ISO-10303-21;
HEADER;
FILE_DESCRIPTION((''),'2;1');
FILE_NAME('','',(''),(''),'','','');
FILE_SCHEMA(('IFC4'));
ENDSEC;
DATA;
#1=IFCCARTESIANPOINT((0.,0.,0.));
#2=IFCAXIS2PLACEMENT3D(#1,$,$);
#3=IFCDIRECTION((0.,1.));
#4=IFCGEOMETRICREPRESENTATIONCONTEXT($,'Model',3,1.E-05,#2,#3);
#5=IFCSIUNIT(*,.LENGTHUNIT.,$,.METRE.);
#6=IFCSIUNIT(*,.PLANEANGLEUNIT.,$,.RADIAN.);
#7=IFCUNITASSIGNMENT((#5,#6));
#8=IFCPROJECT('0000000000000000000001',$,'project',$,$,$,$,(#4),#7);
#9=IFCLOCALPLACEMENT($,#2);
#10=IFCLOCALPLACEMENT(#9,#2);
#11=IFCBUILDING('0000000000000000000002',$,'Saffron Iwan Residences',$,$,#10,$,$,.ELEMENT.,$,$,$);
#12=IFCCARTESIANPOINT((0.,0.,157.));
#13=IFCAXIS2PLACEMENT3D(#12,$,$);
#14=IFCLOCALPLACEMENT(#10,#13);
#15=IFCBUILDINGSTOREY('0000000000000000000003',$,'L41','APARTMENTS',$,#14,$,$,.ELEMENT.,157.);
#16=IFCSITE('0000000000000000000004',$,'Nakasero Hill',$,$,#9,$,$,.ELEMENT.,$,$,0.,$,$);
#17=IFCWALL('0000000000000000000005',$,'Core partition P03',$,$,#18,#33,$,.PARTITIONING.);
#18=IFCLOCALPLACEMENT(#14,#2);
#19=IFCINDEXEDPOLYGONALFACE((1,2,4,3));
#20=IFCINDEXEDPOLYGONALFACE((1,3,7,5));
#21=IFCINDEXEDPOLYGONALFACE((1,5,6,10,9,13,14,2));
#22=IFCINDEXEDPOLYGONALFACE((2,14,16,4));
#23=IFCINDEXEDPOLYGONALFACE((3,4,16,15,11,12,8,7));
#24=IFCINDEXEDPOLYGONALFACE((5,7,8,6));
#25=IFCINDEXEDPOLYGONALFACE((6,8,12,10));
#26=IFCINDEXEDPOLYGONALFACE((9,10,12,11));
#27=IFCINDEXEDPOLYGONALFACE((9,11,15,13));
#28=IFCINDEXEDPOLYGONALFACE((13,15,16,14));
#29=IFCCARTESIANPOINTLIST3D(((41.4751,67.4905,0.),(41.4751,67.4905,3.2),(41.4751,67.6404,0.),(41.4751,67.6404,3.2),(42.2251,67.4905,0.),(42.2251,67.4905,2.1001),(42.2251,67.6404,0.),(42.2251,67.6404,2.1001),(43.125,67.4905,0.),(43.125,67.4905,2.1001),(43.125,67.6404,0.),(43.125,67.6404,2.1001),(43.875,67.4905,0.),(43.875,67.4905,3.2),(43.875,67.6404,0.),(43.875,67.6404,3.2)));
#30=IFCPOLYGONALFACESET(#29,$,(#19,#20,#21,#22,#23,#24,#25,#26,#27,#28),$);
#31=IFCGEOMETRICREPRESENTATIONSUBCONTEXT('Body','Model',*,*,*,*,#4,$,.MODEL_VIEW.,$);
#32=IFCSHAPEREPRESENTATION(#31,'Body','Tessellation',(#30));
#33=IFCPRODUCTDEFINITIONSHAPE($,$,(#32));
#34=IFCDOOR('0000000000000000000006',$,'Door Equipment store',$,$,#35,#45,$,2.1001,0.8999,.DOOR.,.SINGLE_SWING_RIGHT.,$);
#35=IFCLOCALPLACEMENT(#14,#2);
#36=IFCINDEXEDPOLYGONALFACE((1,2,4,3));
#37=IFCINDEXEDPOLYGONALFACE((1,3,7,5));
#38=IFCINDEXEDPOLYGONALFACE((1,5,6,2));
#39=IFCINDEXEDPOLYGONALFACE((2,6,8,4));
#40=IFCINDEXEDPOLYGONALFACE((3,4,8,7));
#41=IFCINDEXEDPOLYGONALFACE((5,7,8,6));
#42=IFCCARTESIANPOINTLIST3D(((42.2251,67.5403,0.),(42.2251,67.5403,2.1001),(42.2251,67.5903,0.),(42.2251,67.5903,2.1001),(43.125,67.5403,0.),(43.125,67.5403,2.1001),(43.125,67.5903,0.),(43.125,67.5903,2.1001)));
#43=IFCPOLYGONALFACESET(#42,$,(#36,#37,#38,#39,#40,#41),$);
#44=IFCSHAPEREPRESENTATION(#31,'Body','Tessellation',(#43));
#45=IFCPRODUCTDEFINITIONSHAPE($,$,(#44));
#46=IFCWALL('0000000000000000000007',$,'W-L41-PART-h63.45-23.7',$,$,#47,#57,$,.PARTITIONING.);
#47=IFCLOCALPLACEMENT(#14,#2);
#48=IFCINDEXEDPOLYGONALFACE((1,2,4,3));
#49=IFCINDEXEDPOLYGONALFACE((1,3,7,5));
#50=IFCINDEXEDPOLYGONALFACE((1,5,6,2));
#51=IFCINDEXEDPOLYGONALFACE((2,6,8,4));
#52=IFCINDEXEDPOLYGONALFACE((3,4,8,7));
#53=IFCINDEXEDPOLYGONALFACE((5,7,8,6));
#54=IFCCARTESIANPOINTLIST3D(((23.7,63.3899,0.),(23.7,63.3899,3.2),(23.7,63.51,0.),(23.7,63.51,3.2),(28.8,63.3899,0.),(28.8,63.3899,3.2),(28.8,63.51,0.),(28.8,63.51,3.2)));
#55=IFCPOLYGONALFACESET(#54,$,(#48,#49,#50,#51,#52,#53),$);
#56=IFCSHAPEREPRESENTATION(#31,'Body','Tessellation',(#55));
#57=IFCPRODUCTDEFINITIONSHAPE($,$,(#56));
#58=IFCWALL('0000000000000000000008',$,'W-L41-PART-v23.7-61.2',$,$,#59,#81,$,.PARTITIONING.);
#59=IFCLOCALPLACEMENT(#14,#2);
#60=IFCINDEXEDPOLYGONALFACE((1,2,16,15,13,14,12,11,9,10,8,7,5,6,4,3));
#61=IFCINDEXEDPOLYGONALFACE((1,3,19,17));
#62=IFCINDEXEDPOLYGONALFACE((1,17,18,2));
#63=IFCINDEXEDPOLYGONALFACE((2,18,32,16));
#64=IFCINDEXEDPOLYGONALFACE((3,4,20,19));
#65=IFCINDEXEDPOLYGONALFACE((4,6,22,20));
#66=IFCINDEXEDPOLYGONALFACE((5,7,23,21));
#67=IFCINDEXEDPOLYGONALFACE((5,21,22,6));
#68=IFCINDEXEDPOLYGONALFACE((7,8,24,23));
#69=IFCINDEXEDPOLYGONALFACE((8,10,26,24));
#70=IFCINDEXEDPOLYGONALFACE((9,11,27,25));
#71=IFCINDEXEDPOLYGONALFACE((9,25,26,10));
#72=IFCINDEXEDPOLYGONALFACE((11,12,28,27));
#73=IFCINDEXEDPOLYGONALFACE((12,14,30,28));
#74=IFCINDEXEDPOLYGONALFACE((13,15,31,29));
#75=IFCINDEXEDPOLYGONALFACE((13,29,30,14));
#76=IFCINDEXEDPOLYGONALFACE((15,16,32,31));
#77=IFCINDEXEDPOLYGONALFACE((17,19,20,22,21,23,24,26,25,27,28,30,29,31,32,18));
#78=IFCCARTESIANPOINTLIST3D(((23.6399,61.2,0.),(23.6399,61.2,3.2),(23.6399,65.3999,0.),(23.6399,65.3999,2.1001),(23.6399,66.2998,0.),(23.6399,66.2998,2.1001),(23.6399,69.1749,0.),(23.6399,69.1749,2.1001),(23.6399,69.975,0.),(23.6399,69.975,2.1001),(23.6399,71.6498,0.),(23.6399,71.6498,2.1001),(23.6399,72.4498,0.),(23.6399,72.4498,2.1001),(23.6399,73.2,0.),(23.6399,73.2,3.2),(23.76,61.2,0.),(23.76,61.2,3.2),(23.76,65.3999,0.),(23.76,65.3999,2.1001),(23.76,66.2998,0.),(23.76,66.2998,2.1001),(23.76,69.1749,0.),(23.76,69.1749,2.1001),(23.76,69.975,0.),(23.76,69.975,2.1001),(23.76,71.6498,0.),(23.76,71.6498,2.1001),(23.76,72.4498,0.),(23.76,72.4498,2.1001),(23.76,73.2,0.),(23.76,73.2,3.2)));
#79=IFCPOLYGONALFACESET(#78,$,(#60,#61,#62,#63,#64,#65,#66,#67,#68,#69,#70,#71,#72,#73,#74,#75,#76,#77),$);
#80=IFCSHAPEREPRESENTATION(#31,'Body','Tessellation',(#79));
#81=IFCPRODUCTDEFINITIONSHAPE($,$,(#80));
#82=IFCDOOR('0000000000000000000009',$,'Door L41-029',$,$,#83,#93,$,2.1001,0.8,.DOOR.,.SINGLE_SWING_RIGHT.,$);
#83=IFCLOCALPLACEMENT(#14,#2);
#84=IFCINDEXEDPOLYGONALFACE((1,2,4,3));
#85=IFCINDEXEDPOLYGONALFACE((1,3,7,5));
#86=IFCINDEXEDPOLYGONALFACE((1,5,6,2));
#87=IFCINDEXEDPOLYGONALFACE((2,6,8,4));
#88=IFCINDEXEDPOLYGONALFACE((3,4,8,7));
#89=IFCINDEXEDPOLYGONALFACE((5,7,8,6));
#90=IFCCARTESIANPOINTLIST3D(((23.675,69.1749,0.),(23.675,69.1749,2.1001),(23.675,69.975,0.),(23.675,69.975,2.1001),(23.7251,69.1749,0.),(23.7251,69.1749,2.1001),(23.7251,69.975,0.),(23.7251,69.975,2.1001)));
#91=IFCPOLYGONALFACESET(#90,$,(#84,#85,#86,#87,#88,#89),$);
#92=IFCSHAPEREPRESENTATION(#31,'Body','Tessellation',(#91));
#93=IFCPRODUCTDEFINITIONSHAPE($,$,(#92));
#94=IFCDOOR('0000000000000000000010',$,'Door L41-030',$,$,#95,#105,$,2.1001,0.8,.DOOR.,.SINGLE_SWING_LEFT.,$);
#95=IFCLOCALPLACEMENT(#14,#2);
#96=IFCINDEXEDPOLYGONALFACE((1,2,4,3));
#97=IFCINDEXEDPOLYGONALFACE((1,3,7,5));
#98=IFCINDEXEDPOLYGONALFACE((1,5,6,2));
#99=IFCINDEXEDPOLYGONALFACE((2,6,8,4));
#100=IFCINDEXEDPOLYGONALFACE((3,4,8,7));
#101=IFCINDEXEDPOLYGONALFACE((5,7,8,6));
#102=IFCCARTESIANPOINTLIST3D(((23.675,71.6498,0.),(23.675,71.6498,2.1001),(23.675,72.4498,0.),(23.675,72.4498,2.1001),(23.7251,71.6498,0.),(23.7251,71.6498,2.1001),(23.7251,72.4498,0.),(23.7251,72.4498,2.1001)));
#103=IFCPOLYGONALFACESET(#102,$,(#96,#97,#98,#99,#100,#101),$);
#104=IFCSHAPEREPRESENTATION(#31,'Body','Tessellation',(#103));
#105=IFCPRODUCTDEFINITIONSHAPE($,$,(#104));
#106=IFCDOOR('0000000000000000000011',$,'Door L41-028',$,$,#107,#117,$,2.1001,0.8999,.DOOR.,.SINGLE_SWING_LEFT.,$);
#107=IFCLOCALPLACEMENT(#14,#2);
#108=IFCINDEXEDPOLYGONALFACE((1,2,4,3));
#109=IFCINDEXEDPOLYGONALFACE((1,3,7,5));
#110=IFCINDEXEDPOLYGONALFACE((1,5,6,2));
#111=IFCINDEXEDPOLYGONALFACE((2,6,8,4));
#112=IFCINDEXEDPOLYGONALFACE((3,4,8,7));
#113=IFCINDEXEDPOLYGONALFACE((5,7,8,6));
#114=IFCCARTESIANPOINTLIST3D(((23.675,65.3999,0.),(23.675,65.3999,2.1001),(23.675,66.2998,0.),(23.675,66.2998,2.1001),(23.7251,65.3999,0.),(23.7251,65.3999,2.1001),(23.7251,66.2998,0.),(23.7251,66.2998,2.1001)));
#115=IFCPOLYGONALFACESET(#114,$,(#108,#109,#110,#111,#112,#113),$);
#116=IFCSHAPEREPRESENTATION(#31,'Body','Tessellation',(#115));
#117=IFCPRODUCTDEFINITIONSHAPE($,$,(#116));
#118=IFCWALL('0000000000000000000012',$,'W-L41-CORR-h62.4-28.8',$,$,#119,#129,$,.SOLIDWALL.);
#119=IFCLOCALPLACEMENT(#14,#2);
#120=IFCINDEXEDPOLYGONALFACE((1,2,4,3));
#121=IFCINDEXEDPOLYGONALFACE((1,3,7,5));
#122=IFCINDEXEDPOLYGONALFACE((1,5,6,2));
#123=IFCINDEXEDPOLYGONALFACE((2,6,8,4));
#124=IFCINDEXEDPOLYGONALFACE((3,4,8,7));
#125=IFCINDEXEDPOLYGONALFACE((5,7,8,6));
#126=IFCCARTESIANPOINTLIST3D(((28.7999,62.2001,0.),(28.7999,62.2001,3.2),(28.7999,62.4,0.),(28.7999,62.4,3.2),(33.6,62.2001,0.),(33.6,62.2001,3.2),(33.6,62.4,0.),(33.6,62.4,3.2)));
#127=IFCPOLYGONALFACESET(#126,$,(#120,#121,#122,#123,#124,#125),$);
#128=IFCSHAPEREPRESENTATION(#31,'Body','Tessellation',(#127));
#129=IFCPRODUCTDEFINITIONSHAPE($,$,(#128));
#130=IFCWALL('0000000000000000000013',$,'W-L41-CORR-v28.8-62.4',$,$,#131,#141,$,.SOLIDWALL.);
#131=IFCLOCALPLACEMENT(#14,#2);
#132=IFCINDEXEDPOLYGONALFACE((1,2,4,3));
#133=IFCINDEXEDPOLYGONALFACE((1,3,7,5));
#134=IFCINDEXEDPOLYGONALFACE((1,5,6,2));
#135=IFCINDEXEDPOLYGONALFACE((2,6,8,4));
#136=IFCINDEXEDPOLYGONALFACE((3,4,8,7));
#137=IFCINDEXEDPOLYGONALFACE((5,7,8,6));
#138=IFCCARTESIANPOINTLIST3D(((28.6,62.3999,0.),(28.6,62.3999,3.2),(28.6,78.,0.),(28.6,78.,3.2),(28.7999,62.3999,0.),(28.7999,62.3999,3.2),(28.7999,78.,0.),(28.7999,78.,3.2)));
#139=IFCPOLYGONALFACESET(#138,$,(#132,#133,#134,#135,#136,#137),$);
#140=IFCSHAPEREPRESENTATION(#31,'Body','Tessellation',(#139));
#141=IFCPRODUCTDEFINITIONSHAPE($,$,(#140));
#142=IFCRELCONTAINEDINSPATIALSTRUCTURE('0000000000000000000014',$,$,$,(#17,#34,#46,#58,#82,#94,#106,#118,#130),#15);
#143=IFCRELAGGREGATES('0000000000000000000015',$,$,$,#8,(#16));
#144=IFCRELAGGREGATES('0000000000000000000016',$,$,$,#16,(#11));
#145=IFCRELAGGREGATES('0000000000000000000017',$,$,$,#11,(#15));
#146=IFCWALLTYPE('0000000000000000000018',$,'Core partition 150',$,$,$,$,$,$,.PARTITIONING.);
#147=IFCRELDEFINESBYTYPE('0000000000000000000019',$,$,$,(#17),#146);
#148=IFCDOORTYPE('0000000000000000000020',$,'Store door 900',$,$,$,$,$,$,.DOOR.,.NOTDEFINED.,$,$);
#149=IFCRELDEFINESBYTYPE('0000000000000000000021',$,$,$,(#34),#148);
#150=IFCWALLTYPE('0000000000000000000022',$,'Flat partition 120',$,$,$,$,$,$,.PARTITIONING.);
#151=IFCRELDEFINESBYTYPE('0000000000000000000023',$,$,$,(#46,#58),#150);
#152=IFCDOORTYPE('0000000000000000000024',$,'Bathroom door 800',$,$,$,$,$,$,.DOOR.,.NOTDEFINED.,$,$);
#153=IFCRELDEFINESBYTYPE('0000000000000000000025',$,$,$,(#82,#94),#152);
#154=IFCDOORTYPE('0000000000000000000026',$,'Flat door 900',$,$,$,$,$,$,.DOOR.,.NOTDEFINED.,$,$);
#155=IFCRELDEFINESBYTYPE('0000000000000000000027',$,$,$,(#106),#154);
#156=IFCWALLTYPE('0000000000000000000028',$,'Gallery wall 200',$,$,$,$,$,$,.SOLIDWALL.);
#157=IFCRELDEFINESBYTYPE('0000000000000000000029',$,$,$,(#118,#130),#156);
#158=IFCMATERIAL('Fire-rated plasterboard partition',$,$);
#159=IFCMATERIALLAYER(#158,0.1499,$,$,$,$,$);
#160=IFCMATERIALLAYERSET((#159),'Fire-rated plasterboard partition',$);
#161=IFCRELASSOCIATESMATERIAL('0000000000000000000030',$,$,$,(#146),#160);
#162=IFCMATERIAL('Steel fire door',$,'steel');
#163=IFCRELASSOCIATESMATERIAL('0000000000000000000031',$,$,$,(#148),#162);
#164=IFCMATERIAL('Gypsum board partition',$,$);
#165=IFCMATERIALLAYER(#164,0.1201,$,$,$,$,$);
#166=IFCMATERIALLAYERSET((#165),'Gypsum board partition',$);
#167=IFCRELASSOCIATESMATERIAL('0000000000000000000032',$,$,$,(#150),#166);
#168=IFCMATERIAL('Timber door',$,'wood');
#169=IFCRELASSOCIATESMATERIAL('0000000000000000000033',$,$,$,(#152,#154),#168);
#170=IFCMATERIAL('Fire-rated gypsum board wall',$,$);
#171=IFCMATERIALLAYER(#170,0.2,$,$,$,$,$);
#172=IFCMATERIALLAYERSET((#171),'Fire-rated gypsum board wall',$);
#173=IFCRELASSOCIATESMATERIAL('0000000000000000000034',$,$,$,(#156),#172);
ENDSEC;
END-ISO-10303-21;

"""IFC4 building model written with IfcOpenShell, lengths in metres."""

from ifc_helpers import new_model, si_unit, direction, frame, frame_2d, origin, place, context, subcontext, project, spatial, rectangle, extrude, material, layer, layer_set, type_object, element, fill, save


model = new_model("IFC4")

# Units and contexts
model_context = context("Model", 3, precision=1e-05, world=origin(), true_north=direction((0.0, 1.0)))
body_context = subcontext(model_context, "Body", "Model", "MODEL_VIEW")
ifc_project = project(units=[si_unit("LENGTHUNIT", "METRE"), si_unit("PLANEANGLEUNIT", "RADIAN")], contexts=[model_context])

# Site, building, storey
site_placement = place(None, origin())
site = spatial("IfcSite", under=ifc_project, at=site_placement, Name="Nakasero Hill", CompositionType="ELEMENT", RefElevation=0.0)
building_placement = place(site_placement, origin())
building = spatial("IfcBuilding", under=site, at=building_placement, Name="Saffron Iwan Residences", CompositionType="ELEMENT")
storey_placement = place(building_placement, frame((0.0, 0.0, 157.0)))
storey = spatial("IfcBuildingStorey", under=building, at=storey_placement, Name="L41", Description="APARTMENTS", CompositionType="ELEMENT", Elevation=157.0)

# Wall, opening, door
ifc_material_1 = material(Name="Fire-rated plasterboard partition")
ifc_layer_1 = layer(ifc_material_1, 0.1499)
ifc_layer_set_1 = layer_set([ifc_layer_1], Name="Fire-rated plasterboard partition")
wall_type_1 = type_object("IfcWallType", Name="Core partition 150", PredefinedType="PARTITIONING", material=ifc_layer_set_1)
wall_1_placement = place(storey_placement, frame((41.4751, 67.5654, 0.0), z_axis=(0.0, 0.0, 1.0), x_axis=(1.0, 0.0, 0.0)))
wall_1 = element("IfcWall", 1, at=wall_1_placement, inside=storey, type_object=wall_type_1, Name="Core partition P03", PredefinedType="PARTITIONING", context=body_context, shape_type="SweptSolid", body=[
    extrude(rectangle(XDim=2.3999, YDim=0.1499, at=frame_2d((1.2, 0.0))), origin(), (0.0, 0.0, 1.0), 3.2),
])
opening_1_placement = place(wall_1_placement, frame((0.75, 0.0, 0.0)))
opening_1 = element("IfcOpeningElement", 2, at=opening_1_placement, cuts=wall_1, PredefinedType="OPENING", context=body_context, shape_type="SweptSolid", body=[
    extrude(rectangle(XDim=0.8999, YDim=2.1001, at=frame_2d((0.45, 1.05))), frame((0.0, 0.085, 0.0), z_axis=(0.0, -1.0, 0.0), x_axis=(1.0, 0.0, 0.0)), (0.0, 0.0, 1.0), 0.1699),
])
ifc_material_2 = material(Name="Steel fire door", Category="steel")
door_type_1 = type_object("IfcDoorType", Name="Store door 900", OperationType="NOTDEFINED", PredefinedType="DOOR", material=ifc_material_2)
door_1_placement = place(opening_1_placement, origin())
door_1 = element("IfcDoor", 3, at=door_1_placement, inside=storey, type_object=door_type_1, Name="Door Equipment store", OperationType="SINGLE_SWING_RIGHT", OverallHeight=2.1001, OverallWidth=0.8999, PredefinedType="DOOR", context=body_context, shape_type="SweptSolid", body=[
    extrude(rectangle(XDim=0.8999, YDim=2.1001, at=frame_2d((0.45, 1.05))), frame((0.0, 0.0249, 0.0), z_axis=(0.0, -1.0, 0.0), x_axis=(1.0, 0.0, 0.0)), (0.0, 0.0, 1.0), 0.05),
])
fill(opening_1, door_1)

# Wall
ifc_material_3 = material(Name="Gypsum board partition")
ifc_layer_2 = layer(ifc_material_3, 0.1201)
ifc_layer_set_2 = layer_set([ifc_layer_2], Name="Gypsum board partition")
wall_type_2 = type_object("IfcWallType", Name="Flat partition 120", PredefinedType="PARTITIONING", material=ifc_layer_set_2)
wall_2_placement = place(storey_placement, frame((23.7, 63.45, 0.0), z_axis=(0.0, 0.0, 1.0), x_axis=(1.0, 0.0, 0.0)))
element("IfcWall", 4, at=wall_2_placement, inside=storey, type_object=wall_type_2, Name="W-L41-PART-h63.45-23.7", PredefinedType="PARTITIONING", context=body_context, shape_type="SweptSolid", body=[
    extrude(rectangle(XDim=5.1001, YDim=0.1201, at=frame_2d((2.55, 0.0))), origin(), (0.0, 0.0, 1.0), 3.2),
])

# Wall, openings, doors
wall_3_placement = place(storey_placement, frame((23.7, 61.2, 0.0), z_axis=(0.0, 0.0, 1.0), x_axis=(0.0, 1.0, 0.0)))
wall_3 = element("IfcWall", 5, at=wall_3_placement, inside=storey, type_object=wall_type_2, Name="W-L41-PART-v23.7-61.2", PredefinedType="PARTITIONING", context=body_context, shape_type="SweptSolid", body=[
    extrude(rectangle(XDim=12.0, YDim=0.1201, at=frame_2d((6.0, 0.0))), origin(), (0.0, 0.0, 1.0), 3.2),
])
opening_2_placement = place(wall_3_placement, frame((4.2, 0.0, 0.0)))
opening_2 = element("IfcOpeningElement", 6, at=opening_2_placement, cuts=wall_3, PredefinedType="OPENING", context=body_context, shape_type="SweptSolid", body=[
    extrude(rectangle(XDim=0.8999, YDim=2.1001, at=frame_2d((0.45, 1.05))), frame((0.0, 0.0701, 0.0), z_axis=(0.0, -1.0, 0.0), x_axis=(1.0, 0.0, 0.0)), (0.0, 0.0, 1.0), 0.1401),
])
opening_3_placement = place(wall_3_placement, frame((7.9751, 0.0, 0.0)))
opening_3 = element("IfcOpeningElement", 7, at=opening_3_placement, cuts=wall_3, PredefinedType="OPENING", context=body_context, shape_type="SweptSolid", body=[
    extrude(rectangle(XDim=0.8, YDim=2.1001, at=frame_2d((0.3999, 1.05))), frame((0.0, 0.0701, 0.0), z_axis=(0.0, -1.0, 0.0), x_axis=(1.0, 0.0, 0.0)), (0.0, 0.0, 1.0), 0.1401),
])
opening_4_placement = place(wall_3_placement, frame((10.45, 0.0, 0.0)))
opening_4 = element("IfcOpeningElement", 8, at=opening_4_placement, cuts=wall_3, PredefinedType="OPENING", context=body_context, shape_type="SweptSolid", body=[
    extrude(rectangle(XDim=0.8, YDim=2.1001, at=frame_2d((0.3999, 1.05))), frame((0.0, 0.0701, 0.0), z_axis=(0.0, -1.0, 0.0), x_axis=(1.0, 0.0, 0.0)), (0.0, 0.0, 1.0), 0.1401),
])
ifc_material_4 = material(Name="Timber door", Category="wood")
door_type_2 = type_object("IfcDoorType", Name="Bathroom door 800", OperationType="NOTDEFINED", PredefinedType="DOOR", material=ifc_material_4)
door_2_placement = place(opening_3_placement, origin())
door_2 = element("IfcDoor", 9, at=door_2_placement, inside=storey, type_object=door_type_2, Name="Door L41-029", OperationType="SINGLE_SWING_RIGHT", OverallHeight=2.1001, OverallWidth=0.8, PredefinedType="DOOR", context=body_context, shape_type="SweptSolid", body=[
    extrude(rectangle(XDim=0.8, YDim=2.1001, at=frame_2d((0.3999, 1.05))), frame((0.0, 0.0249, 0.0), z_axis=(0.0, -1.0, 0.0), x_axis=(1.0, 0.0, 0.0)), (0.0, 0.0, 1.0), 0.05),
])
fill(opening_3, door_2)
door_3_placement = place(opening_4_placement, origin())
door_3 = element("IfcDoor", 10, at=door_3_placement, inside=storey, type_object=door_type_2, Name="Door L41-030", OperationType="SINGLE_SWING_LEFT", OverallHeight=2.1001, OverallWidth=0.8, PredefinedType="DOOR", context=body_context, shape_type="SweptSolid", body=[
    extrude(rectangle(XDim=0.8, YDim=2.1001, at=frame_2d((0.3999, 1.05))), frame((0.0, 0.0249, 0.0), z_axis=(0.0, -1.0, 0.0), x_axis=(1.0, 0.0, 0.0)), (0.0, 0.0, 1.0), 0.05),
])
fill(opening_4, door_3)
door_type_3 = type_object("IfcDoorType", Name="Flat door 900", OperationType="NOTDEFINED", PredefinedType="DOOR", material=ifc_material_4)
door_4_placement = place(opening_2_placement, origin())
door_4 = element("IfcDoor", 11, at=door_4_placement, inside=storey, type_object=door_type_3, Name="Door L41-028", OperationType="SINGLE_SWING_LEFT", OverallHeight=2.1001, OverallWidth=0.8999, PredefinedType="DOOR", context=body_context, shape_type="SweptSolid", body=[
    extrude(rectangle(XDim=0.8999, YDim=2.1001, at=frame_2d((0.45, 1.05))), frame((0.0, 0.0249, 0.0), z_axis=(0.0, -1.0, 0.0), x_axis=(1.0, 0.0, 0.0)), (0.0, 0.0, 1.0), 0.05),
])
fill(opening_2, door_4)

# Walls
ifc_material_5 = material(Name="Fire-rated gypsum board wall")
ifc_layer_3 = layer(ifc_material_5, 0.2)
ifc_layer_set_3 = layer_set([ifc_layer_3], Name="Fire-rated gypsum board wall")
wall_type_3 = type_object("IfcWallType", Name="Gallery wall 200", PredefinedType="SOLIDWALL", material=ifc_layer_set_3)
wall_4_placement = place(storey_placement, frame((28.8, 62.3, 0.0), z_axis=(0.0, 0.0, 1.0), x_axis=(1.0, 0.0, 0.0)))
element("IfcWall", 12, at=wall_4_placement, inside=storey, type_object=wall_type_3, Name="W-L41-CORR-h62.4-28.8", PredefinedType="SOLIDWALL", context=body_context, shape_type="SweptSolid", body=[
    extrude(rectangle(XDim=4.8, YDim=0.2, at=frame_2d((2.3999, 0.0))), origin(), (0.0, 0.0, 1.0), 3.2),
])
wall_5_placement = place(storey_placement, frame((28.7, 62.3999, 0.0), z_axis=(0.0, 0.0, 1.0), x_axis=(0.0, 1.0, 0.0)))
element("IfcWall", 13, at=wall_5_placement, inside=storey, type_object=wall_type_3, Name="W-L41-CORR-v28.8-62.4", PredefinedType="SOLIDWALL", context=body_context, shape_type="SweptSolid", body=[
    extrude(rectangle(XDim=15.6001, YDim=0.2, at=frame_2d((7.8, 0.0))), origin(), (0.0, 0.0, 1.0), 3.2),
])

save(model, "model.ifc")
